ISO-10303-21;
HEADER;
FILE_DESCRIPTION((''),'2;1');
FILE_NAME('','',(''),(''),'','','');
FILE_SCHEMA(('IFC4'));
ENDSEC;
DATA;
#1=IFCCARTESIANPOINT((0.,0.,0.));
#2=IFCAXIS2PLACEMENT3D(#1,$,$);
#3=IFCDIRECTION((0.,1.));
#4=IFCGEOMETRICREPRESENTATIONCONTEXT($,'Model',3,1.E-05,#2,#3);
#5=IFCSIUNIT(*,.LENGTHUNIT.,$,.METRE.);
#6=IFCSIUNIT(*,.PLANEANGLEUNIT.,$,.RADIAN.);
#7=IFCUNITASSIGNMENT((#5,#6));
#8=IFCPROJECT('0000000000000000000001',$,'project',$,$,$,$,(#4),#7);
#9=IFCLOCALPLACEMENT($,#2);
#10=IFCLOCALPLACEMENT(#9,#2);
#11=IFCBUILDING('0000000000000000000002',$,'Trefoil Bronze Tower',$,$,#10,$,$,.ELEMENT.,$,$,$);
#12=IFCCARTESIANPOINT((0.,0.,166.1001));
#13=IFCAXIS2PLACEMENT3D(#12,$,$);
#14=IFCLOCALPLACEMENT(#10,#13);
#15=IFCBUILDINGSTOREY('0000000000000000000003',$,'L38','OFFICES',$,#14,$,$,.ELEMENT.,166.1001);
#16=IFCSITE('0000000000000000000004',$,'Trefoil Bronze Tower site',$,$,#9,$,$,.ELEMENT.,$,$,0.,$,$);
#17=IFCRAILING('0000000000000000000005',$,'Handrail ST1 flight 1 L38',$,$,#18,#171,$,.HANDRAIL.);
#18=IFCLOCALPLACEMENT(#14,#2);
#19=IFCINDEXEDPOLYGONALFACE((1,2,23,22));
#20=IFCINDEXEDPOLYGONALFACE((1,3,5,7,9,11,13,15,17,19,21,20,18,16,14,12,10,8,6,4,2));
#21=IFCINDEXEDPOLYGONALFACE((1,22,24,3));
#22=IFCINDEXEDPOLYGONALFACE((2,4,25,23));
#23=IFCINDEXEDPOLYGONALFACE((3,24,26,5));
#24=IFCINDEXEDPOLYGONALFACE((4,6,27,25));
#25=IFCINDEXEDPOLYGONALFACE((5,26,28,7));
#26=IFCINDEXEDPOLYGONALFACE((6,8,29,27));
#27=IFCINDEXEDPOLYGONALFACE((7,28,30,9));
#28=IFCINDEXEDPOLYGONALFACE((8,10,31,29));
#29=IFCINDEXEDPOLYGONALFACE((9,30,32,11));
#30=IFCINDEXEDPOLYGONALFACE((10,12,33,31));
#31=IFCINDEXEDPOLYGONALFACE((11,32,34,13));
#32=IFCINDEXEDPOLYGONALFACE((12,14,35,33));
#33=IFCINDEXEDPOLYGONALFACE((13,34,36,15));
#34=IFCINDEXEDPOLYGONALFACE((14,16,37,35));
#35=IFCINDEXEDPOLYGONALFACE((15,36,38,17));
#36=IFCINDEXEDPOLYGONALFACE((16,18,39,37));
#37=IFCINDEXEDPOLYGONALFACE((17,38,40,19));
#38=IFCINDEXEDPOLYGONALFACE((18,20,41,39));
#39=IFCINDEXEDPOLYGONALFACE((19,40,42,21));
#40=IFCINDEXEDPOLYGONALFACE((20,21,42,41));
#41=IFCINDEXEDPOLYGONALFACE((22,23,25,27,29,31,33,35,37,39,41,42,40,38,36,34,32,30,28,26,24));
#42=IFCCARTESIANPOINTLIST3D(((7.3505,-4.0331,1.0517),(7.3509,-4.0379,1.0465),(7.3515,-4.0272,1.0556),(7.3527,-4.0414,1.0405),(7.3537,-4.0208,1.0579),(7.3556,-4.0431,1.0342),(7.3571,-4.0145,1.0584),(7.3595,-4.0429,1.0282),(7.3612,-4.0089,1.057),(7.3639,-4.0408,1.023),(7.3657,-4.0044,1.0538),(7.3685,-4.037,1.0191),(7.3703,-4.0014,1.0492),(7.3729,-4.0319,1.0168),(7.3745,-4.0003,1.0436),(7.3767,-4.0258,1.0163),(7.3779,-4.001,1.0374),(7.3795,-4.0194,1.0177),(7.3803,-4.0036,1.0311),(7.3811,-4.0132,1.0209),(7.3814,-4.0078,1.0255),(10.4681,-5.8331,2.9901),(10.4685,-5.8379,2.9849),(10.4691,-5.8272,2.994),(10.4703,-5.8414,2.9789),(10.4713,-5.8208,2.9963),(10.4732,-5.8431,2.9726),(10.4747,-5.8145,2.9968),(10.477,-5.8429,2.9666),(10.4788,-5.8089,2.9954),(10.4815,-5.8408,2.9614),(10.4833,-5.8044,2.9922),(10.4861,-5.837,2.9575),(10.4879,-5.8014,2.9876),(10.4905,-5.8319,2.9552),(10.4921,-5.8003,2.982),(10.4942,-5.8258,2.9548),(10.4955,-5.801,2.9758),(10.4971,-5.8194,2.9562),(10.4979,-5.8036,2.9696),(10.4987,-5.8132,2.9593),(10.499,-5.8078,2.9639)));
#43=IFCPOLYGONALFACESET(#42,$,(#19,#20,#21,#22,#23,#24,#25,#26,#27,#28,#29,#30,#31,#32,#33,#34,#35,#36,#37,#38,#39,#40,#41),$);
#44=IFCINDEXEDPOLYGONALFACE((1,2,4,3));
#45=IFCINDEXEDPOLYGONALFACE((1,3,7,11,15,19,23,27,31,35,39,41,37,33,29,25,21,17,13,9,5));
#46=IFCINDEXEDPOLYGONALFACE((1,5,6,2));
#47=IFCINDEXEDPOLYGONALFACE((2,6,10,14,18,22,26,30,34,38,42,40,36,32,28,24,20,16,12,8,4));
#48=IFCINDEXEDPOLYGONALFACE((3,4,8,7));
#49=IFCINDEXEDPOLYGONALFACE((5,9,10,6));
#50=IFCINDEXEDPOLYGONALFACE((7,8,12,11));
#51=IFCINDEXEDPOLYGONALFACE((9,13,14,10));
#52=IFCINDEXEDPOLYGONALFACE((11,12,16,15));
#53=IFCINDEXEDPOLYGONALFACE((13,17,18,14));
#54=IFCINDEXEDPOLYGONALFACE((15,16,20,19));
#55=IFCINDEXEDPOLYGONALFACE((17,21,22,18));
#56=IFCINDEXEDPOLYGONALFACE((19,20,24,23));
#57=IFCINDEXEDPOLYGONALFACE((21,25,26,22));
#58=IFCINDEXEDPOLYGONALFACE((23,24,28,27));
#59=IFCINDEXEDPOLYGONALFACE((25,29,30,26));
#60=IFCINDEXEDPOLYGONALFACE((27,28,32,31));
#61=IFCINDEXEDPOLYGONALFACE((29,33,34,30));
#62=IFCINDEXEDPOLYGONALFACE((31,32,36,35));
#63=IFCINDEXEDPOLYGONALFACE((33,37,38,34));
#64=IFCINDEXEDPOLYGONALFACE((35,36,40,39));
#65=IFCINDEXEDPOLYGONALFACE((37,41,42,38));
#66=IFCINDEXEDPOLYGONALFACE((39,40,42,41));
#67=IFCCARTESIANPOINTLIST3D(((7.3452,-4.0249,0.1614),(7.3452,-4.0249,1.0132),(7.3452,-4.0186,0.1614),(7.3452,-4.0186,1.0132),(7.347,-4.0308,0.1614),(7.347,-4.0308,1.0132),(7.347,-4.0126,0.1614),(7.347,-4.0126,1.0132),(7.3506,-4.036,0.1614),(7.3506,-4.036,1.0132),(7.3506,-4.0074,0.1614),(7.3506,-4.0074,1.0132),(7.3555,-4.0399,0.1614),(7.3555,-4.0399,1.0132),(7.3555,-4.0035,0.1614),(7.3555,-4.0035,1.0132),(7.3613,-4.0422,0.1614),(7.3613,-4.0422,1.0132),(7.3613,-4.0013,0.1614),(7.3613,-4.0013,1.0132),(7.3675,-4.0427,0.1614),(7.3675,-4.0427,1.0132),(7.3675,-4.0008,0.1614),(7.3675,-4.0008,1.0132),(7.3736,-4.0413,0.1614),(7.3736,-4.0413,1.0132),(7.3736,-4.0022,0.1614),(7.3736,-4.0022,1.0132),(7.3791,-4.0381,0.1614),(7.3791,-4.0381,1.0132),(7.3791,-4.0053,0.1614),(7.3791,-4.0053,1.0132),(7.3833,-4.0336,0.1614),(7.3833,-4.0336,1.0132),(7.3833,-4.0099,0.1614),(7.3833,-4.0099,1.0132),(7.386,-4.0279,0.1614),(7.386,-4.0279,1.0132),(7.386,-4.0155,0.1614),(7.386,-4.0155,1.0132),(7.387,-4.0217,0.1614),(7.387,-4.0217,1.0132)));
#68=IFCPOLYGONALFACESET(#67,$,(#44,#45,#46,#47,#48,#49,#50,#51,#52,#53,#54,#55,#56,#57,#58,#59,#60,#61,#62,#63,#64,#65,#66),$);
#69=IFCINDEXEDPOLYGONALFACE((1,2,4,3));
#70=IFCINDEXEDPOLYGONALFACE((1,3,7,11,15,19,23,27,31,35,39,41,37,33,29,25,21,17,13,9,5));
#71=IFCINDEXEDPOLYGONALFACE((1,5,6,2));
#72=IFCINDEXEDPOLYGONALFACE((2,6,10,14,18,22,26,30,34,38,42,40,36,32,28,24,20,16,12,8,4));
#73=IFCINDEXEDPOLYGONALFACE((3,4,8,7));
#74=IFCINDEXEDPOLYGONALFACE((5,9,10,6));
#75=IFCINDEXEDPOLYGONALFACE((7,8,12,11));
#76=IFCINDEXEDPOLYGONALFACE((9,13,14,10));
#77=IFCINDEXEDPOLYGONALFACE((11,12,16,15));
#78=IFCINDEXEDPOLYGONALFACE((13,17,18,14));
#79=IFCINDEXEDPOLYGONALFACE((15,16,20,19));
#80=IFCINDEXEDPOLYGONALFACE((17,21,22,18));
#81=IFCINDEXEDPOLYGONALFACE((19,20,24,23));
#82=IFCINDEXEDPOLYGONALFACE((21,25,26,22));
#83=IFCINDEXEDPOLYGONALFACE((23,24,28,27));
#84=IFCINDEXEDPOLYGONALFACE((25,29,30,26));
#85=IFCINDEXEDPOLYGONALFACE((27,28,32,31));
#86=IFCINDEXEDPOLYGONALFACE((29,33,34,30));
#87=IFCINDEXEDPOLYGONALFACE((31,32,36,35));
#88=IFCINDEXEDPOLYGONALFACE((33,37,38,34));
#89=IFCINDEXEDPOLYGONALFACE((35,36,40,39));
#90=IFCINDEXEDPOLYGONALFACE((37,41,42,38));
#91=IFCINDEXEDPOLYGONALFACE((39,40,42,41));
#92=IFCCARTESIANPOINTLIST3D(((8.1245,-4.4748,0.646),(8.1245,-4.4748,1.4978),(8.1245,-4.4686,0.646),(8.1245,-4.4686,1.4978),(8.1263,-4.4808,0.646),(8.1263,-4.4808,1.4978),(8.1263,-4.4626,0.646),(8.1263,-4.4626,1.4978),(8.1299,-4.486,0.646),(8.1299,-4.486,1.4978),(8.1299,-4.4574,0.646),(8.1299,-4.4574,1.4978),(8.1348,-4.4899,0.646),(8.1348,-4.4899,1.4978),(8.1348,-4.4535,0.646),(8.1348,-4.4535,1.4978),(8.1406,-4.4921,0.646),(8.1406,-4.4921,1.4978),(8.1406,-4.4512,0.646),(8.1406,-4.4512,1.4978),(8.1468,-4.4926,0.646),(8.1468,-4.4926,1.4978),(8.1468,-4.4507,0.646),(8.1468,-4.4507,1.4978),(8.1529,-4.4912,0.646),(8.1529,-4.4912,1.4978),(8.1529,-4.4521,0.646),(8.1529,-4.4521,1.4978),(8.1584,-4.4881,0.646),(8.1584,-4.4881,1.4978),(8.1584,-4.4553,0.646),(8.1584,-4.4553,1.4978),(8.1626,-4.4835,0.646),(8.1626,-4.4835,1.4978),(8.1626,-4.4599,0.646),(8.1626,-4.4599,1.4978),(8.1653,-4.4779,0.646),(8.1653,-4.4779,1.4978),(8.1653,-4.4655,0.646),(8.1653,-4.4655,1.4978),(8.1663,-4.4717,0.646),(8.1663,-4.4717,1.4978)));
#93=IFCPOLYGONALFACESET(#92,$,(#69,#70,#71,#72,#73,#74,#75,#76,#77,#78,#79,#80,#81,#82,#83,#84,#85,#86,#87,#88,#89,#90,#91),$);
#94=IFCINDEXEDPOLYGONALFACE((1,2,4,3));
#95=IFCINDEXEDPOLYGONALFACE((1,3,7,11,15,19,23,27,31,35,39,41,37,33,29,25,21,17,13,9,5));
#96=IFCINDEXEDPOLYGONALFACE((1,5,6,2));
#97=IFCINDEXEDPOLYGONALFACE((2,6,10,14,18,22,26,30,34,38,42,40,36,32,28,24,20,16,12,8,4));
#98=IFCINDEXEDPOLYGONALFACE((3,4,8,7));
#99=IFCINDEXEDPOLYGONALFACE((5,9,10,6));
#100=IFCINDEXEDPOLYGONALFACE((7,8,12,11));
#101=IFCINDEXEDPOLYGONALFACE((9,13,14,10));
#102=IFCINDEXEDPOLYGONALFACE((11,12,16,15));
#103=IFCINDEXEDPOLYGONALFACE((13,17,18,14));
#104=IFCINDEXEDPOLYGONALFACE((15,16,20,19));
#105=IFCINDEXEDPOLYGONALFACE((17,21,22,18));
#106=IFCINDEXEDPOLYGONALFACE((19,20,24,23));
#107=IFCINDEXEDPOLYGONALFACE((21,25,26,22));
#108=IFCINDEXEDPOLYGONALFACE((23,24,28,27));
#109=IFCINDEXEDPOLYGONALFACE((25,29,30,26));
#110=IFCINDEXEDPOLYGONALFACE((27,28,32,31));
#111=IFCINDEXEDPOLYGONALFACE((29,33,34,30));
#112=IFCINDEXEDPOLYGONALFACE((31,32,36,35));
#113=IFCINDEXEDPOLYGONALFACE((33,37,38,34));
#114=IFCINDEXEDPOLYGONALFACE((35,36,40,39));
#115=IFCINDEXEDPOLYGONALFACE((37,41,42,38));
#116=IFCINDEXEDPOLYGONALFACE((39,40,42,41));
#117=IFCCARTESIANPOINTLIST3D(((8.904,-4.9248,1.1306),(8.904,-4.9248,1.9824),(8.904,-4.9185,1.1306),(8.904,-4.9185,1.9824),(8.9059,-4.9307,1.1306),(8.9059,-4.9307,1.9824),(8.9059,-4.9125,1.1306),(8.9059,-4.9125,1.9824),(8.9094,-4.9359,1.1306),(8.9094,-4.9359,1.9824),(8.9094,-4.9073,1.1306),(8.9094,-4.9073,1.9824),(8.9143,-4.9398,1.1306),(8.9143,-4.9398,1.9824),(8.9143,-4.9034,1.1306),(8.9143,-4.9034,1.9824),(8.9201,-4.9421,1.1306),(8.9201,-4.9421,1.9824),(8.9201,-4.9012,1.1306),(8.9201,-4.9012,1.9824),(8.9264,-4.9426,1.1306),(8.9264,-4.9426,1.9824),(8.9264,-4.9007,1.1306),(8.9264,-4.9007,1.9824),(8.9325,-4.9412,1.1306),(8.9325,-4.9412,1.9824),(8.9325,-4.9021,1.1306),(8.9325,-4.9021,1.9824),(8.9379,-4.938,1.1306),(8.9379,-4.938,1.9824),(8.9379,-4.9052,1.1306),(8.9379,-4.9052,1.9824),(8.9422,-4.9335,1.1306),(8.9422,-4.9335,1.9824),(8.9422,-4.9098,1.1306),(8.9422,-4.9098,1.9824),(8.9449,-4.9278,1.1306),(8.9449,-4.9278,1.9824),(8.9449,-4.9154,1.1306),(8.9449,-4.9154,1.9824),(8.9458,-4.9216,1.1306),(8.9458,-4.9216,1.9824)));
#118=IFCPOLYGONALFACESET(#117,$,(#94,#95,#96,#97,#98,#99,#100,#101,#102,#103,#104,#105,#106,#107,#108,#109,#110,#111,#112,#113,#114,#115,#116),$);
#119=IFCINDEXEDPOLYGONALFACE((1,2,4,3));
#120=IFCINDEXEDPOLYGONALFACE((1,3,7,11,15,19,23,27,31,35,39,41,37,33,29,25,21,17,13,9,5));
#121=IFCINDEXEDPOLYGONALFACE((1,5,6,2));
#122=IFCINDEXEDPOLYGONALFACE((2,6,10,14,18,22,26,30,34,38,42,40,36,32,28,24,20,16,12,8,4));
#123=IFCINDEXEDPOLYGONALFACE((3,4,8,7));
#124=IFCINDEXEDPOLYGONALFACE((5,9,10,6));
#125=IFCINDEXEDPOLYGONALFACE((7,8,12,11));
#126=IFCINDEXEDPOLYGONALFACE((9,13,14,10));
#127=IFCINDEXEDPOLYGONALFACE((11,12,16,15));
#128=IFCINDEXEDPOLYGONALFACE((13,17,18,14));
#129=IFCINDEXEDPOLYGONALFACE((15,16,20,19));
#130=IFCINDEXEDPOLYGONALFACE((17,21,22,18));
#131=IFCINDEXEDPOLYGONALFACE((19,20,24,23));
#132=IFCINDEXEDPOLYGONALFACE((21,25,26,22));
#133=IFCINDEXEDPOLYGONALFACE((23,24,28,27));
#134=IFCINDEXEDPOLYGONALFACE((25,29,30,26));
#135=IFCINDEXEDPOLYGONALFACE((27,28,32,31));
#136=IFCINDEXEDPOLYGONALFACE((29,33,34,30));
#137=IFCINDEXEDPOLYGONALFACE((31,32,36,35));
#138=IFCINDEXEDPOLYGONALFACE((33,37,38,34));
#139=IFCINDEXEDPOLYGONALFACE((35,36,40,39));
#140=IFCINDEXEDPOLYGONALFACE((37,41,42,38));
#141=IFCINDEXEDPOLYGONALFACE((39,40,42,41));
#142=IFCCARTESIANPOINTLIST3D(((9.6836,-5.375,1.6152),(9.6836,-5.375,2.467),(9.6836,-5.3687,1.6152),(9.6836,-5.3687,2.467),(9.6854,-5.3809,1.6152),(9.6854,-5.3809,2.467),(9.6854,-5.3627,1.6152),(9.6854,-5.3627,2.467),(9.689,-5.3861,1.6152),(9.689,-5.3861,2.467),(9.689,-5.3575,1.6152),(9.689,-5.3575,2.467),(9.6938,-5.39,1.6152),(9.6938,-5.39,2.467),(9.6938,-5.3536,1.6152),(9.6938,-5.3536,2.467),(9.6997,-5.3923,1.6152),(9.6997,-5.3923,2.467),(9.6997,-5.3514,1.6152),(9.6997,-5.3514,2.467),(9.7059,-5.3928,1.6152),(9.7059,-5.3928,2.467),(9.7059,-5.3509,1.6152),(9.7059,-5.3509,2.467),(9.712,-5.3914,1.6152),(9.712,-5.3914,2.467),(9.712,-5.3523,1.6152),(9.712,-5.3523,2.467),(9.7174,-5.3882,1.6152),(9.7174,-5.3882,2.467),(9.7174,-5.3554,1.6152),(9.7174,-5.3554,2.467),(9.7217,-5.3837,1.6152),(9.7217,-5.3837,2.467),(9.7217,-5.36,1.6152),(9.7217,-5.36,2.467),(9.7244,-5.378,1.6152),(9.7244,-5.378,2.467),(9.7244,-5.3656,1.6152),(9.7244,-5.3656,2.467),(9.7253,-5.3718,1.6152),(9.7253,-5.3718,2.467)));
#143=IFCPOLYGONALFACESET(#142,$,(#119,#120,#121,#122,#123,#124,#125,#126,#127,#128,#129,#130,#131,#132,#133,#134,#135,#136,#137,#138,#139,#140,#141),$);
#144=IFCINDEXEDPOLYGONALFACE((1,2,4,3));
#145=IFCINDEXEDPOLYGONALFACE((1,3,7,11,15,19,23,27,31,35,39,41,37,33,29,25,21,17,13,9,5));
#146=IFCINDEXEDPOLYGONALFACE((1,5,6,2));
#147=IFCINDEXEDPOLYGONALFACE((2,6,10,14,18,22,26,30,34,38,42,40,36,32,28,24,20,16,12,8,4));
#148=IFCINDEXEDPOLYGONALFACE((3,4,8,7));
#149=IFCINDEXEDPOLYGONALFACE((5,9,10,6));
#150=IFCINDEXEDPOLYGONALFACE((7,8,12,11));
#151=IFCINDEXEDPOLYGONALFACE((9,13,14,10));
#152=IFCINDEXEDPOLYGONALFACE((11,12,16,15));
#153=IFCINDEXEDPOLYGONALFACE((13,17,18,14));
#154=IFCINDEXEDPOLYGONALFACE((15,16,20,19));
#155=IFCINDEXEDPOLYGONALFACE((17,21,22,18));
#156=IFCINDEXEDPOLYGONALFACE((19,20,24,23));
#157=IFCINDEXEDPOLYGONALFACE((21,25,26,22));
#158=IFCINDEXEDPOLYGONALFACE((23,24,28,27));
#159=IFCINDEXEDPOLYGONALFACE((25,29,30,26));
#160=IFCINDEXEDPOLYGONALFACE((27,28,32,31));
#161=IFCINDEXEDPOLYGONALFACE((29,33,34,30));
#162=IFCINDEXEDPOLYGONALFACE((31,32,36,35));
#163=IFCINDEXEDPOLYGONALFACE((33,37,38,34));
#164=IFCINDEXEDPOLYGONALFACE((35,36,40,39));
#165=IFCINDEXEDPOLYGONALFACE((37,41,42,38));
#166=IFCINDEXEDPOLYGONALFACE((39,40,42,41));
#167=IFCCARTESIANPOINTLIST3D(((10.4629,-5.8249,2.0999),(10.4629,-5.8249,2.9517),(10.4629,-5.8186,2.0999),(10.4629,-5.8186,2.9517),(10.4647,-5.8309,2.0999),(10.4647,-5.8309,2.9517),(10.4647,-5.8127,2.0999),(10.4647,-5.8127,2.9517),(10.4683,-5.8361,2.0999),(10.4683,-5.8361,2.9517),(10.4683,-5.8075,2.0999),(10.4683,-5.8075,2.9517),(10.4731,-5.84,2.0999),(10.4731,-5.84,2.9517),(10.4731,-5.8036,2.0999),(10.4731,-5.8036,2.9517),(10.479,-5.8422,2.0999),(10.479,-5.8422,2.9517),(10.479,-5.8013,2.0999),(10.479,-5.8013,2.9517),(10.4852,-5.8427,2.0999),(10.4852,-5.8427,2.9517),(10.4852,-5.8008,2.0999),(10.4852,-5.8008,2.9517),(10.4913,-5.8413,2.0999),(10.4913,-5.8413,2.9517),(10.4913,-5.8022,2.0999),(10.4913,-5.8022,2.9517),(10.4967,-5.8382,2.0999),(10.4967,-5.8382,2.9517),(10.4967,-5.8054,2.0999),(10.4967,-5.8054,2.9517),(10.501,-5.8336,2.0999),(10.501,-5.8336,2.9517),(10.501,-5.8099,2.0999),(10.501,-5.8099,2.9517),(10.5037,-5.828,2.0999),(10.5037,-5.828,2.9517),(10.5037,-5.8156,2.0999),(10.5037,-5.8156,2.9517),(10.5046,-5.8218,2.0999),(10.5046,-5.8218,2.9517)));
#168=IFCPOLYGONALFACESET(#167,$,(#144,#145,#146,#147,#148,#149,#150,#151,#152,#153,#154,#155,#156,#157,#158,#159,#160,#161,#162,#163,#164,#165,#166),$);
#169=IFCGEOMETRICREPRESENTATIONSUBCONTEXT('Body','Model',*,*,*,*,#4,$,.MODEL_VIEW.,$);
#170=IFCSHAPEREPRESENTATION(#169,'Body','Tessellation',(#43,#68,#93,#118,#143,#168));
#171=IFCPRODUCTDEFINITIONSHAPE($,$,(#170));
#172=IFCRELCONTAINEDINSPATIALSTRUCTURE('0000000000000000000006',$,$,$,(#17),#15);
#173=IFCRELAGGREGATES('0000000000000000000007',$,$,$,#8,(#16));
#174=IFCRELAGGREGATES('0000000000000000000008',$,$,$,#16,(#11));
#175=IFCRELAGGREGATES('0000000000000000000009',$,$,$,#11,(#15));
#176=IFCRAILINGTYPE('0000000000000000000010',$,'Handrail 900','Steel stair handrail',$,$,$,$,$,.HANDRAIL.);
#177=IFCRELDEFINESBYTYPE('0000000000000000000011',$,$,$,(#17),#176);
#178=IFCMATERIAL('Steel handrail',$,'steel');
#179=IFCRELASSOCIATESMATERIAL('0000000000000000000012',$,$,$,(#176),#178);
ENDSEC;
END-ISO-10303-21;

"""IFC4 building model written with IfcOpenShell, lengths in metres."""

from ifc_helpers import new_model, si_unit, direction, frame, origin, origin_2d, place, context, subcontext, project, spatial, circle, extrude, material, type_object, element, save


model = new_model("IFC4")

# Units and contexts
model_context = context("Model", 3, precision=1e-05, world=origin(), true_north=direction((0.0, 1.0)))
body_context = subcontext(model_context, "Body", "Model", "MODEL_VIEW")
ifc_project = project(units=[si_unit("LENGTHUNIT", "METRE"), si_unit("PLANEANGLEUNIT", "RADIAN")], contexts=[model_context])

# Site, building, storey
site_placement = place(None, origin())
site = spatial("IfcSite", under=ifc_project, at=site_placement, Name="Trefoil Bronze Tower site", CompositionType="ELEMENT", RefElevation=0.0)
building_placement = place(site_placement, origin())
building = spatial("IfcBuilding", under=site, at=building_placement, Name="Trefoil Bronze Tower", CompositionType="ELEMENT")
storey_placement = place(building_placement, frame((0.0, 0.0, 166.1001)))
storey = spatial("IfcBuildingStorey", under=building, at=storey_placement, Name="L38", Description="OFFICES", CompositionType="ELEMENT", Elevation=166.1001)

# Railing
ifc_material_1 = material(Name="Steel handrail", Category="steel")
railing_type = type_object("IfcRailingType", Name="Handrail 900", Description="Steel stair handrail", PredefinedType="HANDRAIL", material=ifc_material_1)
railing_1_placement = place(storey_placement, frame((7.366, -4.0217, 0.1614)))
element("IfcRailing", 1, at=railing_1_placement, inside=storey, type_object=railing_type, Name="Handrail ST1 flight 1 L38", PredefinedType="HANDRAIL", context=body_context, shape_type="SweptSolid", body=[
    extrude(circle(Radius=0.0239, at=origin_2d()), frame((0.0, 0.0, 0.876), z_axis=(0.762503, -0.440246, 0.474102), x_axis=(0.500012, 0.866018, 0.0)), (0.0, 0.0, 1.0), 4.0886),
    extrude(circle(Radius=0.021, at=origin_2d()), origin(), (0.0, 0.0, 1.0), 0.8518),
    extrude(circle(Radius=0.021, at=origin_2d()), frame((0.7793, -0.45, 0.4846)), (0.0, 0.0, 1.0), 0.8518),
    extrude(circle(Radius=0.021, at=origin_2d()), frame((1.5588, -0.8999, 0.9692)), (0.0, 0.0, 1.0), 0.8518),
    extrude(circle(Radius=0.021, at=origin_2d()), frame((2.3384, -1.3501, 1.4539)), (0.0, 0.0, 1.0), 0.8518),
    extrude(circle(Radius=0.021, at=origin_2d()), frame((3.1177, -1.8, 1.9385)), (0.0, 0.0, 1.0), 0.8518),
])

save(model, "model.ifc")
